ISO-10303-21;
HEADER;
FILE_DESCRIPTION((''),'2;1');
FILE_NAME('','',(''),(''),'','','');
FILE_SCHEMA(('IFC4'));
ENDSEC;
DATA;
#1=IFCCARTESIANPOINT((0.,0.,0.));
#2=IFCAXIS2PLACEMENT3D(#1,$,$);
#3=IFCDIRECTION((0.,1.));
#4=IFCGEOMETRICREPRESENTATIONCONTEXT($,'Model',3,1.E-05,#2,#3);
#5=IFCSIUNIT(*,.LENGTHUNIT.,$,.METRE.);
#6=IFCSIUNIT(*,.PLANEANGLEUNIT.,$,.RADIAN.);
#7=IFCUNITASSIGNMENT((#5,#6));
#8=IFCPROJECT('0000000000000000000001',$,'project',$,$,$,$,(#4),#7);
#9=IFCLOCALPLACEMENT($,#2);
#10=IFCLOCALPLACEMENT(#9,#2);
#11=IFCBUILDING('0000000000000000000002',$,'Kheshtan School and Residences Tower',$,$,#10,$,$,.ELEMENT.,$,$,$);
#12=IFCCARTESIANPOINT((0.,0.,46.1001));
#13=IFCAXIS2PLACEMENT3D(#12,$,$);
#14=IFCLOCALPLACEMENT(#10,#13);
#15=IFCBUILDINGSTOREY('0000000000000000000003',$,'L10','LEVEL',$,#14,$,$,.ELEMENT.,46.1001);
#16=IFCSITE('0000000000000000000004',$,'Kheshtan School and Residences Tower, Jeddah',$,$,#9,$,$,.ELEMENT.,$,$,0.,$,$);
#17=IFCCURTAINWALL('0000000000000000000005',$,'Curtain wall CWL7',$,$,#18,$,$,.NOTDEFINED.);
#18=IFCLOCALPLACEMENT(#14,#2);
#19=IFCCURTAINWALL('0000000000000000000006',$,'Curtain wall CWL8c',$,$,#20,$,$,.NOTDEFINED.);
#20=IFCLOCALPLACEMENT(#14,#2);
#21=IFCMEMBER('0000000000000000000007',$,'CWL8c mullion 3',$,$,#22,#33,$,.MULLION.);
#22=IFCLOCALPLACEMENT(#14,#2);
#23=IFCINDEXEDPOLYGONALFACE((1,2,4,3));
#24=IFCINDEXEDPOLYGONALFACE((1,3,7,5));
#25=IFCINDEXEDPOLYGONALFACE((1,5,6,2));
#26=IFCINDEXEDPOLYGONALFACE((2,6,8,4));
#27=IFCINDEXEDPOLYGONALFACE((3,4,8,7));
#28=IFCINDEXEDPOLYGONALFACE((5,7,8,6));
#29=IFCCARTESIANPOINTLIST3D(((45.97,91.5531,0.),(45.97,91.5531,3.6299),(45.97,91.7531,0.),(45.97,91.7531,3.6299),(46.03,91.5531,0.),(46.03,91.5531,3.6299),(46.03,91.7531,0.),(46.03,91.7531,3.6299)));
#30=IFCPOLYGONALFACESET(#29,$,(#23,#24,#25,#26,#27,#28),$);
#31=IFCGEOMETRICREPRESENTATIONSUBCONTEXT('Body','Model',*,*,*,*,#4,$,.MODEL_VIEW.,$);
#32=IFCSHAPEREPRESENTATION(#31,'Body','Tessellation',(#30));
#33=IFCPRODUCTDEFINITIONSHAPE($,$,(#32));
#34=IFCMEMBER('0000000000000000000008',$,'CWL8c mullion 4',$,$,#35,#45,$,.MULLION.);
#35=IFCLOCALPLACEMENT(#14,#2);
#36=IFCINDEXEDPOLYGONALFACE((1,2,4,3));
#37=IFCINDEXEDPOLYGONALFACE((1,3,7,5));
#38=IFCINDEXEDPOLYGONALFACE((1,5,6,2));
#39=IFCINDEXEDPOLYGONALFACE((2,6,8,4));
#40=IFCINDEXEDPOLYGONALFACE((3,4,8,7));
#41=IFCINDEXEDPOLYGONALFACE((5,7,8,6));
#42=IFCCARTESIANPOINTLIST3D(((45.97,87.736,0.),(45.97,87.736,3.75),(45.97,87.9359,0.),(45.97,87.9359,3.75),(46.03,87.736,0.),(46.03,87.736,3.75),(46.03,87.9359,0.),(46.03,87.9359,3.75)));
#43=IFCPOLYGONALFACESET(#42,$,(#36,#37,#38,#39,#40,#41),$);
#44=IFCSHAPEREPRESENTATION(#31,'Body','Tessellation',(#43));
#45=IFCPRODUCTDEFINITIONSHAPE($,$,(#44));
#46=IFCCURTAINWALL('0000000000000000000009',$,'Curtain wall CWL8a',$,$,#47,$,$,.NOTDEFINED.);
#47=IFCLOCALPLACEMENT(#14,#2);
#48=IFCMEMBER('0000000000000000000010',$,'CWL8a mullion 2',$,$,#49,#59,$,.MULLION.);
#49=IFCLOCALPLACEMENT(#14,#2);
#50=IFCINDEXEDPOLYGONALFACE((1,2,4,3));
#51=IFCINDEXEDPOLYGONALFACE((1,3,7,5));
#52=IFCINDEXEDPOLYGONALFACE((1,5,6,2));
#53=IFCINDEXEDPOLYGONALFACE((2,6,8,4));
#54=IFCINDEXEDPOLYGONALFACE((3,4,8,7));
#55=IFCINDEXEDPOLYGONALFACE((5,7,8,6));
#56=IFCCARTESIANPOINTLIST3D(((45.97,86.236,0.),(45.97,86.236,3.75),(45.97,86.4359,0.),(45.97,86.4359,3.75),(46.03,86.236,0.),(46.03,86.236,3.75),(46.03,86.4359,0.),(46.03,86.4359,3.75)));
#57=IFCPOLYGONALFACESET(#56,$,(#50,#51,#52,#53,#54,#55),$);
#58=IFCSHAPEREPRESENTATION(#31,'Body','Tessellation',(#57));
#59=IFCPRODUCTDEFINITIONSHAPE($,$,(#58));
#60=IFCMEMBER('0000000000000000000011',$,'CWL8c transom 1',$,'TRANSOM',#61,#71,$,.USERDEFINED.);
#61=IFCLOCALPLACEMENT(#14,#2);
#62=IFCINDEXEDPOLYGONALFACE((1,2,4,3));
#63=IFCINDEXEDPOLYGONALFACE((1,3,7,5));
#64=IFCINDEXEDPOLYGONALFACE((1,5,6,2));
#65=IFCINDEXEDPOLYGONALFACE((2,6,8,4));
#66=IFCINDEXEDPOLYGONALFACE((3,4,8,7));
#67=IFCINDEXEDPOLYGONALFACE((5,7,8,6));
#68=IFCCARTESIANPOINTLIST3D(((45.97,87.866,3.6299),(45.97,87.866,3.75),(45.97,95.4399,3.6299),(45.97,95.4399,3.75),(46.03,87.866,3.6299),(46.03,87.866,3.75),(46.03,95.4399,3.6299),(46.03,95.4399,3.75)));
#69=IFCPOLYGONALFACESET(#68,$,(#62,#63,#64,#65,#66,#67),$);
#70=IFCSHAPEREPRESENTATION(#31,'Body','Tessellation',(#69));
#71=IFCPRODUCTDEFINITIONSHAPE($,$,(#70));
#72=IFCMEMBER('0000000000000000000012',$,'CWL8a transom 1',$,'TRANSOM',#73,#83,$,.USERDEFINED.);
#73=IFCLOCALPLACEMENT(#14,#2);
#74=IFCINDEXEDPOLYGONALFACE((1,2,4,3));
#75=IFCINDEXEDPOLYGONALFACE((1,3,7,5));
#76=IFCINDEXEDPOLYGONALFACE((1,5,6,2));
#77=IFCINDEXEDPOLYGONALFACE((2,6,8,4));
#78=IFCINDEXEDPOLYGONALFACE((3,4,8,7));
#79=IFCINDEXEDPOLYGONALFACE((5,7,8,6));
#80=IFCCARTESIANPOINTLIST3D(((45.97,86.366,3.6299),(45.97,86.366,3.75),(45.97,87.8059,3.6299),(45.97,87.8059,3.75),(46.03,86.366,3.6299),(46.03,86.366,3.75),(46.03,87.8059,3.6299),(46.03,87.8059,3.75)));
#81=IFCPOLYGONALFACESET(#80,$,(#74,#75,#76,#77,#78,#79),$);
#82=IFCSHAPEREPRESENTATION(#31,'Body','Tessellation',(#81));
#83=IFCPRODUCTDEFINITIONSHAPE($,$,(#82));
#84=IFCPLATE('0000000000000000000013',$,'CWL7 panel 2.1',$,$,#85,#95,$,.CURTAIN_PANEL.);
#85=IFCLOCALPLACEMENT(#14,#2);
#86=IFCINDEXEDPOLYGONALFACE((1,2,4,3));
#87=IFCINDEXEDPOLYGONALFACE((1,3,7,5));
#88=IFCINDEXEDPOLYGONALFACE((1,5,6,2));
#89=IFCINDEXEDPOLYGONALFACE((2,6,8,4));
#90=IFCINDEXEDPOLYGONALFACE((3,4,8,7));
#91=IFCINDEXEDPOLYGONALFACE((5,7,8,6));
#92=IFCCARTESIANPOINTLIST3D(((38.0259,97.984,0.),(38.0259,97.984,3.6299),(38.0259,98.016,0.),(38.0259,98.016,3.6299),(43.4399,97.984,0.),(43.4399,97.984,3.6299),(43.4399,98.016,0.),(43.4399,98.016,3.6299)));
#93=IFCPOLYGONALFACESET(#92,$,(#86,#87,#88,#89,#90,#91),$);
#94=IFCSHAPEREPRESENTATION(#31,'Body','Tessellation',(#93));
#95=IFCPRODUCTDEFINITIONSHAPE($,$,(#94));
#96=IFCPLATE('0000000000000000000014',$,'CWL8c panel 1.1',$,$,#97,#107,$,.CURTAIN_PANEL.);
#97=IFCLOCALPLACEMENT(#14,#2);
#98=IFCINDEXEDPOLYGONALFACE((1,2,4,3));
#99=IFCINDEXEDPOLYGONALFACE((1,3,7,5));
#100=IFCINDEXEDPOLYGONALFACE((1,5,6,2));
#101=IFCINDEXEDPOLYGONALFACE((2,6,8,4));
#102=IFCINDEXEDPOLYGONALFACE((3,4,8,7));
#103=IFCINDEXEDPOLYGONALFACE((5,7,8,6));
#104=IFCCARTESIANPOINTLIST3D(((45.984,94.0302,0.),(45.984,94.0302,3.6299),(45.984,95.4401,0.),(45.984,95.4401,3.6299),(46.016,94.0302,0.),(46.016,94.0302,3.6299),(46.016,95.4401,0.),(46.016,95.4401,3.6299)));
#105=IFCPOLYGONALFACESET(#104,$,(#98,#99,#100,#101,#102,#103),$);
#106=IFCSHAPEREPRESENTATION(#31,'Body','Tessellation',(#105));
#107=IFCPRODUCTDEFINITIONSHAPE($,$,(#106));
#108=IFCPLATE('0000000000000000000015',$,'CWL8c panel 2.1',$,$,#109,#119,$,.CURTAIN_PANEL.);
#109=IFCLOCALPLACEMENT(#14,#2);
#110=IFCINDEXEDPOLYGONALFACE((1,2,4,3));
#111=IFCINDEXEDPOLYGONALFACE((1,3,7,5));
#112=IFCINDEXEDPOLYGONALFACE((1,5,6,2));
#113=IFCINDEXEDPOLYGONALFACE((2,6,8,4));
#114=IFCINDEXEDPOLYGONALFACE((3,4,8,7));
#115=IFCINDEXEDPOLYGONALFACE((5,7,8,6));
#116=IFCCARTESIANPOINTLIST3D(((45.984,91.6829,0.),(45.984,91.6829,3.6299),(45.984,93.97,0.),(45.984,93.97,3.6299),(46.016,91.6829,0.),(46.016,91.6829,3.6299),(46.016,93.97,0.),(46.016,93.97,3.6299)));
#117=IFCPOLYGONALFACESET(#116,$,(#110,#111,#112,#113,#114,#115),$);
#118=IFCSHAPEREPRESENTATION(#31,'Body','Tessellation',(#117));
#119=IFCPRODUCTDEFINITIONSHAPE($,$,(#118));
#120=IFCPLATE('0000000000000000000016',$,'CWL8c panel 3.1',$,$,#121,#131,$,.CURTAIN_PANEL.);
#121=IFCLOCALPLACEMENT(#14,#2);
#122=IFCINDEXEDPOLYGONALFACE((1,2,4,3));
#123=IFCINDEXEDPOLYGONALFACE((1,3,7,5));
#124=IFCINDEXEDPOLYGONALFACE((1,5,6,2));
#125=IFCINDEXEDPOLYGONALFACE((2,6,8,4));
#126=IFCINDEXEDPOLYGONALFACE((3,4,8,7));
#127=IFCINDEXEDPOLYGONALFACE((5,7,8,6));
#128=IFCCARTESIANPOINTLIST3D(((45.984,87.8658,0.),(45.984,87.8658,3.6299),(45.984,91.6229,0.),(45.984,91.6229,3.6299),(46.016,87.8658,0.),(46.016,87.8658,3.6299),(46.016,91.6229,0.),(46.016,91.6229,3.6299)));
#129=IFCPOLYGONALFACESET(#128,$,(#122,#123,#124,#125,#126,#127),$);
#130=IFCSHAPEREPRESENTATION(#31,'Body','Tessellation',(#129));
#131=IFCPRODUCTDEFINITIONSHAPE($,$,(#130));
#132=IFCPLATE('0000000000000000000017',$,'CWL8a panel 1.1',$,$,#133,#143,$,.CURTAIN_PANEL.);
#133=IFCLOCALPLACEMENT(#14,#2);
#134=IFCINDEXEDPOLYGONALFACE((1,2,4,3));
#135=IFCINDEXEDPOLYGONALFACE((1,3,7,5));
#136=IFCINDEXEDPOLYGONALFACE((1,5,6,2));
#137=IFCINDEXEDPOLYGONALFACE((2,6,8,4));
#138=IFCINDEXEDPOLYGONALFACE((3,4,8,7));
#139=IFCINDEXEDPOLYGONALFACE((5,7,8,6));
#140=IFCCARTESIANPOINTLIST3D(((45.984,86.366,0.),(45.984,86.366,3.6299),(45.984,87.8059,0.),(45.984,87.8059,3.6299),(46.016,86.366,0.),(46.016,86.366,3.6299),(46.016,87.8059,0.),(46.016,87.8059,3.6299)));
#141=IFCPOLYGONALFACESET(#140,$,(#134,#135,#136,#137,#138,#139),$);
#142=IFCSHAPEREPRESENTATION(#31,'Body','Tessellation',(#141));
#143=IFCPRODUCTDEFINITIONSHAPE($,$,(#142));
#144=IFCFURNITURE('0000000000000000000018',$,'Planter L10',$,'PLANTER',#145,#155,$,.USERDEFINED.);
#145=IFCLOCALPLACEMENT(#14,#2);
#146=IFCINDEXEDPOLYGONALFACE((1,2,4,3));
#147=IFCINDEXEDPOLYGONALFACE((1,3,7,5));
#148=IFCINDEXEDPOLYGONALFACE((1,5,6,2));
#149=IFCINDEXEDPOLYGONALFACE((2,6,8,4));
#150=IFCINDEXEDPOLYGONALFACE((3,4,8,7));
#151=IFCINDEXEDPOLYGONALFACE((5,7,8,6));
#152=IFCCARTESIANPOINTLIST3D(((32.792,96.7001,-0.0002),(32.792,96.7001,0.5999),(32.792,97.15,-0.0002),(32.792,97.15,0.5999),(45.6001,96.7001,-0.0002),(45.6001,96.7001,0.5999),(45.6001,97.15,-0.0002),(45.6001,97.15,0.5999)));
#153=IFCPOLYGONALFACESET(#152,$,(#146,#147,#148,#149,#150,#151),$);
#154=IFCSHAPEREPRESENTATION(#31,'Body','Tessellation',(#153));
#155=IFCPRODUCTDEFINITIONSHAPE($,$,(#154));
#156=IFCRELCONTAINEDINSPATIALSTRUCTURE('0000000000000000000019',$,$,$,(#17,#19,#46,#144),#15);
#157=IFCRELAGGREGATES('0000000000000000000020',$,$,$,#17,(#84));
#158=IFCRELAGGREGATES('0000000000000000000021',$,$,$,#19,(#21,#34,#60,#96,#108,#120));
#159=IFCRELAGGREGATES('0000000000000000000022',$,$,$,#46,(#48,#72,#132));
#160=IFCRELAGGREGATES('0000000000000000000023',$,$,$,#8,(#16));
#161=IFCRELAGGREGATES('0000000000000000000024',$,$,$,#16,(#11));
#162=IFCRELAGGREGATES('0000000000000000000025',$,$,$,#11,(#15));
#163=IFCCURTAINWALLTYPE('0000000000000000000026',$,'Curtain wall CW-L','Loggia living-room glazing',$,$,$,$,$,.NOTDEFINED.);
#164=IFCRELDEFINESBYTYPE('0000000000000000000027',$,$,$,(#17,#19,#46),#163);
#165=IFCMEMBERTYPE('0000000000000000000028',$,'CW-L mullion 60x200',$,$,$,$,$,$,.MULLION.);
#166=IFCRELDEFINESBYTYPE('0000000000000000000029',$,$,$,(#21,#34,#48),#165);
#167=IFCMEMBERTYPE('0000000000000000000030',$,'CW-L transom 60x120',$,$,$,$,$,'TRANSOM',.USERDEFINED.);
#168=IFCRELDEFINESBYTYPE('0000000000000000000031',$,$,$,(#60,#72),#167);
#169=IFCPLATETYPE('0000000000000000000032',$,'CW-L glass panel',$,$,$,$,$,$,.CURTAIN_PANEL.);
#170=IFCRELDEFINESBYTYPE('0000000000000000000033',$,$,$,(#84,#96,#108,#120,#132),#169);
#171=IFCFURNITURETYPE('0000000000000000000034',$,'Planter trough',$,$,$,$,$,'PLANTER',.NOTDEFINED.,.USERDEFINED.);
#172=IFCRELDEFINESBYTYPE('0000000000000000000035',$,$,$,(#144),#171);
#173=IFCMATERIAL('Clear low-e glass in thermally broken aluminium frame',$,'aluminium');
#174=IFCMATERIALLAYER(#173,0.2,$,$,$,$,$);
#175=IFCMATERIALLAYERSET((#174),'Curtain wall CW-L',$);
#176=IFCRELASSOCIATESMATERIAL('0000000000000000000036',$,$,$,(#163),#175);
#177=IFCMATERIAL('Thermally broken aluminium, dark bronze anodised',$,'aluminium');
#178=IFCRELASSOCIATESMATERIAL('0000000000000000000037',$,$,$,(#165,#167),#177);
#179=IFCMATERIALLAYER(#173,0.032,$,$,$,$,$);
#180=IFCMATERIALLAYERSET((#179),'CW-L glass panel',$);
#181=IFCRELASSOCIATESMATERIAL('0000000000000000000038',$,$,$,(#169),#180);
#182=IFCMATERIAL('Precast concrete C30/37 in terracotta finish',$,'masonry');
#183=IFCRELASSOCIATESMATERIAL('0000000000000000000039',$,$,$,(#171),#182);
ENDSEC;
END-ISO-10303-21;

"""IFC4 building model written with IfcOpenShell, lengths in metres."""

from ifc_helpers import new_model, si_unit, direction, frame, origin, origin_2d, place, context, subcontext, project, spatial, rectangle, extrude, material, layer, layer_set, material_profile, profile_set, type_object, element, aggregate, save


model = new_model("IFC4")

# Units and contexts
model_context = context("Model", 3, precision=1e-05, world=origin(), true_north=direction((0.0, 1.0)))
body_context = subcontext(model_context, "Body", "Model", "MODEL_VIEW")
ifc_project = project(units=[si_unit("LENGTHUNIT", "METRE"), si_unit("PLANEANGLEUNIT", "RADIAN")], contexts=[model_context])

# Site, building, storey
site_placement = place(None, origin())
site = spatial("IfcSite", under=ifc_project, at=site_placement, Name="Kheshtan School and Residences Tower, Jeddah", CompositionType="ELEMENT", RefElevation=0.0)
building_placement = place(site_placement, origin())
building = spatial("IfcBuilding", under=site, at=building_placement, Name="Kheshtan School and Residences Tower", CompositionType="ELEMENT")
storey_placement = place(building_placement, frame((0.0, 0.0, 46.1001)))
storey = spatial("IfcBuildingStorey", under=building, at=storey_placement, Name="L10", Description="LEVEL", CompositionType="ELEMENT", Elevation=46.1001)

# Curtain walls, members
ifc_material_1 = material(Name="Clear low-e glass in thermally broken aluminium frame", Category="aluminium")
ifc_layer_1 = layer(ifc_material_1, 0.2)
ifc_layer_set_1 = layer_set([ifc_layer_1], Name="Curtain wall CW-L")
curtain_wall_type = type_object("IfcCurtainWallType", Name="Curtain wall CW-L", Description="Loggia living-room glazing", PredefinedType="NOTDEFINED", material=ifc_layer_set_1)
curtain_wall_1_placement = place(storey_placement, origin())
curtain_wall_1 = element("IfcCurtainWall", 1, at=curtain_wall_1_placement, inside=storey, type_object=curtain_wall_type, Name="Curtain wall CWL7", PredefinedType="NOTDEFINED")
ifc_material_2 = material(Name="Thermally broken aluminium, dark bronze anodised", Category="aluminium")
ifc_material_profile_1 = material_profile(ifc_material_2, rectangle(XDim=0.0601, YDim=0.2, at=origin_2d()), Name="CW-L mullion 60x200")
ifc_profile_set_1 = profile_set([ifc_material_profile_1], Name="Thermally broken aluminium, dark bronze anodised")
member_type_1 = type_object("IfcMemberType", Name="CW-L mullion 60x200", PredefinedType="MULLION", material=ifc_profile_set_1)
curtain_wall_2_placement = place(storey_placement, origin())
curtain_wall_2 = element("IfcCurtainWall", 2, at=curtain_wall_2_placement, inside=storey, type_object=curtain_wall_type, Name="Curtain wall CWL8c", PredefinedType="NOTDEFINED")
member_1_placement = place(storey_placement, frame((46.0, 91.6531, 0.0), z_axis=(0.0, 0.0, 1.0), x_axis=(1.0, 0.0, 0.0)))
member_1 = element("IfcMember", 3, at=member_1_placement, type_object=member_type_1, Name="CWL8c mullion 3", PredefinedType="MULLION", context=body_context, shape_type="SweptSolid", body=[
    extrude(rectangle(XDim=0.0601, YDim=0.2, at=origin_2d()), origin(), (0.0, 0.0, 1.0), 3.6299),
])
member_2_placement = place(storey_placement, frame((46.0, 87.8359, 0.0), z_axis=(0.0, 0.0, 1.0), x_axis=(1.0, 0.0, 0.0)))
member_2 = element("IfcMember", 4, at=member_2_placement, type_object=member_type_1, Name="CWL8c mullion 4", PredefinedType="MULLION", context=body_context, shape_type="SweptSolid", body=[
    extrude(rectangle(XDim=0.0601, YDim=0.2, at=origin_2d()), origin(), (0.0, 0.0, 1.0), 3.75),
])

# Curtain wall, member
curtain_wall_3_placement = place(storey_placement, origin())
curtain_wall_3 = element("IfcCurtainWall", 5, at=curtain_wall_3_placement, inside=storey, type_object=curtain_wall_type, Name="Curtain wall CWL8a", PredefinedType="NOTDEFINED")
member_3_placement = place(storey_placement, frame((46.0, 86.3359, 0.0), z_axis=(0.0, 0.0, 1.0), x_axis=(1.0, 0.0, 0.0)))
member_3 = element("IfcMember", 6, at=member_3_placement, type_object=member_type_1, Name="CWL8a mullion 2", PredefinedType="MULLION", context=body_context, shape_type="SweptSolid", body=[
    extrude(rectangle(XDim=0.0601, YDim=0.2, at=origin_2d()), origin(), (0.0, 0.0, 1.0), 3.75),
])

# Members
ifc_material_profile_2 = material_profile(ifc_material_2, rectangle(XDim=0.0601, YDim=0.1201, at=origin_2d()), Name="CW-L transom 60x120")
ifc_profile_set_2 = profile_set([ifc_material_profile_2], Name="Thermally broken aluminium, dark bronze anodised")
member_type_2 = type_object("IfcMemberType", Name="CW-L transom 60x120", ElementType="TRANSOM", PredefinedType="USERDEFINED", material=ifc_profile_set_2)
member_4_placement = place(storey_placement, frame((46.0, 95.4399, 3.6899), z_axis=(0.0, -1.0, 0.0), x_axis=(1.0, 0.0, 0.0)))
member_4 = element("IfcMember", 7, at=member_4_placement, type_object=member_type_2, Name="CWL8c transom 1", ObjectType="TRANSOM", PredefinedType="USERDEFINED", context=body_context, shape_type="SweptSolid", body=[
    extrude(rectangle(XDim=0.0601, YDim=0.1201, at=origin_2d()), origin(), (0.0, 0.0, 1.0), 7.574),
])
member_5_placement = place(storey_placement, frame((46.0, 87.8059, 3.6899), z_axis=(0.0, -1.0, 0.0), x_axis=(1.0, 0.0, 0.0)))
member_5 = element("IfcMember", 8, at=member_5_placement, type_object=member_type_2, Name="CWL8a transom 1", ObjectType="TRANSOM", PredefinedType="USERDEFINED", context=body_context, shape_type="SweptSolid", body=[
    extrude(rectangle(XDim=0.0601, YDim=0.1201, at=origin_2d()), origin(), (0.0, 0.0, 1.0), 1.4399),
])

# Plates
ifc_layer_2 = layer(ifc_material_1, 0.032)
ifc_layer_set_2 = layer_set([ifc_layer_2], Name="CW-L glass panel")
plate_type = type_object("IfcPlateType", Name="CW-L glass panel", PredefinedType="CURTAIN_PANEL", material=ifc_layer_set_2)
plate_1_placement = place(storey_placement, frame((40.7329, 98.0, 0.0), z_axis=(0.0, 0.0, 1.0), x_axis=(1.0, 0.0, 0.0)))
plate_1 = element("IfcPlate", 9, at=plate_1_placement, type_object=plate_type, Name="CWL7 panel 2.1", PredefinedType="CURTAIN_PANEL", context=body_context, shape_type="SweptSolid", body=[
    extrude(rectangle(XDim=5.4141, YDim=0.032, at=origin_2d()), origin(), (0.0, 0.0, 1.0), 3.6299),
])
aggregate(curtain_wall_1, [plate_1])
plate_2_placement = place(storey_placement, frame((46.0, 94.7351, 0.0), z_axis=(0.0, 0.0, 1.0), x_axis=(0.0, -1.0, 0.0)))
plate_2 = element("IfcPlate", 10, at=plate_2_placement, type_object=plate_type, Name="CWL8c panel 1.1", PredefinedType="CURTAIN_PANEL", context=body_context, shape_type="SweptSolid", body=[
    extrude(rectangle(XDim=1.4099, YDim=0.032, at=origin_2d()), origin(), (0.0, 0.0, 1.0), 3.6299),
])
plate_3_placement = place(storey_placement, frame((46.0, 92.8264, 0.0), z_axis=(0.0, 0.0, 1.0), x_axis=(0.0, -1.0, 0.0)))
plate_3 = element("IfcPlate", 11, at=plate_3_placement, type_object=plate_type, Name="CWL8c panel 2.1", PredefinedType="CURTAIN_PANEL", context=body_context, shape_type="SweptSolid", body=[
    extrude(rectangle(XDim=2.2871, YDim=0.032, at=origin_2d()), origin(), (0.0, 0.0, 1.0), 3.6299),
])
plate_4_placement = place(storey_placement, frame((46.0, 89.7444, 0.0), z_axis=(0.0, 0.0, 1.0), x_axis=(0.0, -1.0, 0.0)))
plate_4 = element("IfcPlate", 12, at=plate_4_placement, type_object=plate_type, Name="CWL8c panel 3.1", PredefinedType="CURTAIN_PANEL", context=body_context, shape_type="SweptSolid", body=[
    extrude(rectangle(XDim=3.7571, YDim=0.032, at=origin_2d()), origin(), (0.0, 0.0, 1.0), 3.6299),
])
aggregate(curtain_wall_2, [member_1, member_2, member_4, plate_2, plate_3, plate_4])
plate_5_placement = place(storey_placement, frame((46.0, 87.0859, 0.0), z_axis=(0.0, 0.0, 1.0), x_axis=(0.0, -1.0, 0.0)))
plate_5 = element("IfcPlate", 13, at=plate_5_placement, type_object=plate_type, Name="CWL8a panel 1.1", PredefinedType="CURTAIN_PANEL", context=body_context, shape_type="SweptSolid", body=[
    extrude(rectangle(XDim=1.4399, YDim=0.032, at=origin_2d()), origin(), (0.0, 0.0, 1.0), 3.6299),
])
aggregate(curtain_wall_3, [member_3, member_5, plate_5])

# Furniture
ifc_material_3 = material(Name="Precast concrete C30/37 in terracotta finish", Category="masonry")
furniture_type = type_object("IfcFurnitureType", Name="Planter trough", ElementType="PLANTER", AssemblyPlace="NOTDEFINED", PredefinedType="USERDEFINED", material=ifc_material_3)
furniture_placement = place(storey_placement, frame((39.196, 96.925, -0.0002), z_axis=(0.0, 0.0, 1.0), x_axis=(1.0, 0.0, 0.0)))
element("IfcFurniture", 14, at=furniture_placement, inside=storey, type_object=furniture_type, Name="Planter L10", ObjectType="PLANTER", PredefinedType="USERDEFINED", context=body_context, shape_type="SweptSolid", body=[
    extrude(rectangle(XDim=12.8081, YDim=0.45, at=origin_2d()), origin(), (0.0, 0.0, 1.0), 0.6001),
])

save(model, "model.ifc")
